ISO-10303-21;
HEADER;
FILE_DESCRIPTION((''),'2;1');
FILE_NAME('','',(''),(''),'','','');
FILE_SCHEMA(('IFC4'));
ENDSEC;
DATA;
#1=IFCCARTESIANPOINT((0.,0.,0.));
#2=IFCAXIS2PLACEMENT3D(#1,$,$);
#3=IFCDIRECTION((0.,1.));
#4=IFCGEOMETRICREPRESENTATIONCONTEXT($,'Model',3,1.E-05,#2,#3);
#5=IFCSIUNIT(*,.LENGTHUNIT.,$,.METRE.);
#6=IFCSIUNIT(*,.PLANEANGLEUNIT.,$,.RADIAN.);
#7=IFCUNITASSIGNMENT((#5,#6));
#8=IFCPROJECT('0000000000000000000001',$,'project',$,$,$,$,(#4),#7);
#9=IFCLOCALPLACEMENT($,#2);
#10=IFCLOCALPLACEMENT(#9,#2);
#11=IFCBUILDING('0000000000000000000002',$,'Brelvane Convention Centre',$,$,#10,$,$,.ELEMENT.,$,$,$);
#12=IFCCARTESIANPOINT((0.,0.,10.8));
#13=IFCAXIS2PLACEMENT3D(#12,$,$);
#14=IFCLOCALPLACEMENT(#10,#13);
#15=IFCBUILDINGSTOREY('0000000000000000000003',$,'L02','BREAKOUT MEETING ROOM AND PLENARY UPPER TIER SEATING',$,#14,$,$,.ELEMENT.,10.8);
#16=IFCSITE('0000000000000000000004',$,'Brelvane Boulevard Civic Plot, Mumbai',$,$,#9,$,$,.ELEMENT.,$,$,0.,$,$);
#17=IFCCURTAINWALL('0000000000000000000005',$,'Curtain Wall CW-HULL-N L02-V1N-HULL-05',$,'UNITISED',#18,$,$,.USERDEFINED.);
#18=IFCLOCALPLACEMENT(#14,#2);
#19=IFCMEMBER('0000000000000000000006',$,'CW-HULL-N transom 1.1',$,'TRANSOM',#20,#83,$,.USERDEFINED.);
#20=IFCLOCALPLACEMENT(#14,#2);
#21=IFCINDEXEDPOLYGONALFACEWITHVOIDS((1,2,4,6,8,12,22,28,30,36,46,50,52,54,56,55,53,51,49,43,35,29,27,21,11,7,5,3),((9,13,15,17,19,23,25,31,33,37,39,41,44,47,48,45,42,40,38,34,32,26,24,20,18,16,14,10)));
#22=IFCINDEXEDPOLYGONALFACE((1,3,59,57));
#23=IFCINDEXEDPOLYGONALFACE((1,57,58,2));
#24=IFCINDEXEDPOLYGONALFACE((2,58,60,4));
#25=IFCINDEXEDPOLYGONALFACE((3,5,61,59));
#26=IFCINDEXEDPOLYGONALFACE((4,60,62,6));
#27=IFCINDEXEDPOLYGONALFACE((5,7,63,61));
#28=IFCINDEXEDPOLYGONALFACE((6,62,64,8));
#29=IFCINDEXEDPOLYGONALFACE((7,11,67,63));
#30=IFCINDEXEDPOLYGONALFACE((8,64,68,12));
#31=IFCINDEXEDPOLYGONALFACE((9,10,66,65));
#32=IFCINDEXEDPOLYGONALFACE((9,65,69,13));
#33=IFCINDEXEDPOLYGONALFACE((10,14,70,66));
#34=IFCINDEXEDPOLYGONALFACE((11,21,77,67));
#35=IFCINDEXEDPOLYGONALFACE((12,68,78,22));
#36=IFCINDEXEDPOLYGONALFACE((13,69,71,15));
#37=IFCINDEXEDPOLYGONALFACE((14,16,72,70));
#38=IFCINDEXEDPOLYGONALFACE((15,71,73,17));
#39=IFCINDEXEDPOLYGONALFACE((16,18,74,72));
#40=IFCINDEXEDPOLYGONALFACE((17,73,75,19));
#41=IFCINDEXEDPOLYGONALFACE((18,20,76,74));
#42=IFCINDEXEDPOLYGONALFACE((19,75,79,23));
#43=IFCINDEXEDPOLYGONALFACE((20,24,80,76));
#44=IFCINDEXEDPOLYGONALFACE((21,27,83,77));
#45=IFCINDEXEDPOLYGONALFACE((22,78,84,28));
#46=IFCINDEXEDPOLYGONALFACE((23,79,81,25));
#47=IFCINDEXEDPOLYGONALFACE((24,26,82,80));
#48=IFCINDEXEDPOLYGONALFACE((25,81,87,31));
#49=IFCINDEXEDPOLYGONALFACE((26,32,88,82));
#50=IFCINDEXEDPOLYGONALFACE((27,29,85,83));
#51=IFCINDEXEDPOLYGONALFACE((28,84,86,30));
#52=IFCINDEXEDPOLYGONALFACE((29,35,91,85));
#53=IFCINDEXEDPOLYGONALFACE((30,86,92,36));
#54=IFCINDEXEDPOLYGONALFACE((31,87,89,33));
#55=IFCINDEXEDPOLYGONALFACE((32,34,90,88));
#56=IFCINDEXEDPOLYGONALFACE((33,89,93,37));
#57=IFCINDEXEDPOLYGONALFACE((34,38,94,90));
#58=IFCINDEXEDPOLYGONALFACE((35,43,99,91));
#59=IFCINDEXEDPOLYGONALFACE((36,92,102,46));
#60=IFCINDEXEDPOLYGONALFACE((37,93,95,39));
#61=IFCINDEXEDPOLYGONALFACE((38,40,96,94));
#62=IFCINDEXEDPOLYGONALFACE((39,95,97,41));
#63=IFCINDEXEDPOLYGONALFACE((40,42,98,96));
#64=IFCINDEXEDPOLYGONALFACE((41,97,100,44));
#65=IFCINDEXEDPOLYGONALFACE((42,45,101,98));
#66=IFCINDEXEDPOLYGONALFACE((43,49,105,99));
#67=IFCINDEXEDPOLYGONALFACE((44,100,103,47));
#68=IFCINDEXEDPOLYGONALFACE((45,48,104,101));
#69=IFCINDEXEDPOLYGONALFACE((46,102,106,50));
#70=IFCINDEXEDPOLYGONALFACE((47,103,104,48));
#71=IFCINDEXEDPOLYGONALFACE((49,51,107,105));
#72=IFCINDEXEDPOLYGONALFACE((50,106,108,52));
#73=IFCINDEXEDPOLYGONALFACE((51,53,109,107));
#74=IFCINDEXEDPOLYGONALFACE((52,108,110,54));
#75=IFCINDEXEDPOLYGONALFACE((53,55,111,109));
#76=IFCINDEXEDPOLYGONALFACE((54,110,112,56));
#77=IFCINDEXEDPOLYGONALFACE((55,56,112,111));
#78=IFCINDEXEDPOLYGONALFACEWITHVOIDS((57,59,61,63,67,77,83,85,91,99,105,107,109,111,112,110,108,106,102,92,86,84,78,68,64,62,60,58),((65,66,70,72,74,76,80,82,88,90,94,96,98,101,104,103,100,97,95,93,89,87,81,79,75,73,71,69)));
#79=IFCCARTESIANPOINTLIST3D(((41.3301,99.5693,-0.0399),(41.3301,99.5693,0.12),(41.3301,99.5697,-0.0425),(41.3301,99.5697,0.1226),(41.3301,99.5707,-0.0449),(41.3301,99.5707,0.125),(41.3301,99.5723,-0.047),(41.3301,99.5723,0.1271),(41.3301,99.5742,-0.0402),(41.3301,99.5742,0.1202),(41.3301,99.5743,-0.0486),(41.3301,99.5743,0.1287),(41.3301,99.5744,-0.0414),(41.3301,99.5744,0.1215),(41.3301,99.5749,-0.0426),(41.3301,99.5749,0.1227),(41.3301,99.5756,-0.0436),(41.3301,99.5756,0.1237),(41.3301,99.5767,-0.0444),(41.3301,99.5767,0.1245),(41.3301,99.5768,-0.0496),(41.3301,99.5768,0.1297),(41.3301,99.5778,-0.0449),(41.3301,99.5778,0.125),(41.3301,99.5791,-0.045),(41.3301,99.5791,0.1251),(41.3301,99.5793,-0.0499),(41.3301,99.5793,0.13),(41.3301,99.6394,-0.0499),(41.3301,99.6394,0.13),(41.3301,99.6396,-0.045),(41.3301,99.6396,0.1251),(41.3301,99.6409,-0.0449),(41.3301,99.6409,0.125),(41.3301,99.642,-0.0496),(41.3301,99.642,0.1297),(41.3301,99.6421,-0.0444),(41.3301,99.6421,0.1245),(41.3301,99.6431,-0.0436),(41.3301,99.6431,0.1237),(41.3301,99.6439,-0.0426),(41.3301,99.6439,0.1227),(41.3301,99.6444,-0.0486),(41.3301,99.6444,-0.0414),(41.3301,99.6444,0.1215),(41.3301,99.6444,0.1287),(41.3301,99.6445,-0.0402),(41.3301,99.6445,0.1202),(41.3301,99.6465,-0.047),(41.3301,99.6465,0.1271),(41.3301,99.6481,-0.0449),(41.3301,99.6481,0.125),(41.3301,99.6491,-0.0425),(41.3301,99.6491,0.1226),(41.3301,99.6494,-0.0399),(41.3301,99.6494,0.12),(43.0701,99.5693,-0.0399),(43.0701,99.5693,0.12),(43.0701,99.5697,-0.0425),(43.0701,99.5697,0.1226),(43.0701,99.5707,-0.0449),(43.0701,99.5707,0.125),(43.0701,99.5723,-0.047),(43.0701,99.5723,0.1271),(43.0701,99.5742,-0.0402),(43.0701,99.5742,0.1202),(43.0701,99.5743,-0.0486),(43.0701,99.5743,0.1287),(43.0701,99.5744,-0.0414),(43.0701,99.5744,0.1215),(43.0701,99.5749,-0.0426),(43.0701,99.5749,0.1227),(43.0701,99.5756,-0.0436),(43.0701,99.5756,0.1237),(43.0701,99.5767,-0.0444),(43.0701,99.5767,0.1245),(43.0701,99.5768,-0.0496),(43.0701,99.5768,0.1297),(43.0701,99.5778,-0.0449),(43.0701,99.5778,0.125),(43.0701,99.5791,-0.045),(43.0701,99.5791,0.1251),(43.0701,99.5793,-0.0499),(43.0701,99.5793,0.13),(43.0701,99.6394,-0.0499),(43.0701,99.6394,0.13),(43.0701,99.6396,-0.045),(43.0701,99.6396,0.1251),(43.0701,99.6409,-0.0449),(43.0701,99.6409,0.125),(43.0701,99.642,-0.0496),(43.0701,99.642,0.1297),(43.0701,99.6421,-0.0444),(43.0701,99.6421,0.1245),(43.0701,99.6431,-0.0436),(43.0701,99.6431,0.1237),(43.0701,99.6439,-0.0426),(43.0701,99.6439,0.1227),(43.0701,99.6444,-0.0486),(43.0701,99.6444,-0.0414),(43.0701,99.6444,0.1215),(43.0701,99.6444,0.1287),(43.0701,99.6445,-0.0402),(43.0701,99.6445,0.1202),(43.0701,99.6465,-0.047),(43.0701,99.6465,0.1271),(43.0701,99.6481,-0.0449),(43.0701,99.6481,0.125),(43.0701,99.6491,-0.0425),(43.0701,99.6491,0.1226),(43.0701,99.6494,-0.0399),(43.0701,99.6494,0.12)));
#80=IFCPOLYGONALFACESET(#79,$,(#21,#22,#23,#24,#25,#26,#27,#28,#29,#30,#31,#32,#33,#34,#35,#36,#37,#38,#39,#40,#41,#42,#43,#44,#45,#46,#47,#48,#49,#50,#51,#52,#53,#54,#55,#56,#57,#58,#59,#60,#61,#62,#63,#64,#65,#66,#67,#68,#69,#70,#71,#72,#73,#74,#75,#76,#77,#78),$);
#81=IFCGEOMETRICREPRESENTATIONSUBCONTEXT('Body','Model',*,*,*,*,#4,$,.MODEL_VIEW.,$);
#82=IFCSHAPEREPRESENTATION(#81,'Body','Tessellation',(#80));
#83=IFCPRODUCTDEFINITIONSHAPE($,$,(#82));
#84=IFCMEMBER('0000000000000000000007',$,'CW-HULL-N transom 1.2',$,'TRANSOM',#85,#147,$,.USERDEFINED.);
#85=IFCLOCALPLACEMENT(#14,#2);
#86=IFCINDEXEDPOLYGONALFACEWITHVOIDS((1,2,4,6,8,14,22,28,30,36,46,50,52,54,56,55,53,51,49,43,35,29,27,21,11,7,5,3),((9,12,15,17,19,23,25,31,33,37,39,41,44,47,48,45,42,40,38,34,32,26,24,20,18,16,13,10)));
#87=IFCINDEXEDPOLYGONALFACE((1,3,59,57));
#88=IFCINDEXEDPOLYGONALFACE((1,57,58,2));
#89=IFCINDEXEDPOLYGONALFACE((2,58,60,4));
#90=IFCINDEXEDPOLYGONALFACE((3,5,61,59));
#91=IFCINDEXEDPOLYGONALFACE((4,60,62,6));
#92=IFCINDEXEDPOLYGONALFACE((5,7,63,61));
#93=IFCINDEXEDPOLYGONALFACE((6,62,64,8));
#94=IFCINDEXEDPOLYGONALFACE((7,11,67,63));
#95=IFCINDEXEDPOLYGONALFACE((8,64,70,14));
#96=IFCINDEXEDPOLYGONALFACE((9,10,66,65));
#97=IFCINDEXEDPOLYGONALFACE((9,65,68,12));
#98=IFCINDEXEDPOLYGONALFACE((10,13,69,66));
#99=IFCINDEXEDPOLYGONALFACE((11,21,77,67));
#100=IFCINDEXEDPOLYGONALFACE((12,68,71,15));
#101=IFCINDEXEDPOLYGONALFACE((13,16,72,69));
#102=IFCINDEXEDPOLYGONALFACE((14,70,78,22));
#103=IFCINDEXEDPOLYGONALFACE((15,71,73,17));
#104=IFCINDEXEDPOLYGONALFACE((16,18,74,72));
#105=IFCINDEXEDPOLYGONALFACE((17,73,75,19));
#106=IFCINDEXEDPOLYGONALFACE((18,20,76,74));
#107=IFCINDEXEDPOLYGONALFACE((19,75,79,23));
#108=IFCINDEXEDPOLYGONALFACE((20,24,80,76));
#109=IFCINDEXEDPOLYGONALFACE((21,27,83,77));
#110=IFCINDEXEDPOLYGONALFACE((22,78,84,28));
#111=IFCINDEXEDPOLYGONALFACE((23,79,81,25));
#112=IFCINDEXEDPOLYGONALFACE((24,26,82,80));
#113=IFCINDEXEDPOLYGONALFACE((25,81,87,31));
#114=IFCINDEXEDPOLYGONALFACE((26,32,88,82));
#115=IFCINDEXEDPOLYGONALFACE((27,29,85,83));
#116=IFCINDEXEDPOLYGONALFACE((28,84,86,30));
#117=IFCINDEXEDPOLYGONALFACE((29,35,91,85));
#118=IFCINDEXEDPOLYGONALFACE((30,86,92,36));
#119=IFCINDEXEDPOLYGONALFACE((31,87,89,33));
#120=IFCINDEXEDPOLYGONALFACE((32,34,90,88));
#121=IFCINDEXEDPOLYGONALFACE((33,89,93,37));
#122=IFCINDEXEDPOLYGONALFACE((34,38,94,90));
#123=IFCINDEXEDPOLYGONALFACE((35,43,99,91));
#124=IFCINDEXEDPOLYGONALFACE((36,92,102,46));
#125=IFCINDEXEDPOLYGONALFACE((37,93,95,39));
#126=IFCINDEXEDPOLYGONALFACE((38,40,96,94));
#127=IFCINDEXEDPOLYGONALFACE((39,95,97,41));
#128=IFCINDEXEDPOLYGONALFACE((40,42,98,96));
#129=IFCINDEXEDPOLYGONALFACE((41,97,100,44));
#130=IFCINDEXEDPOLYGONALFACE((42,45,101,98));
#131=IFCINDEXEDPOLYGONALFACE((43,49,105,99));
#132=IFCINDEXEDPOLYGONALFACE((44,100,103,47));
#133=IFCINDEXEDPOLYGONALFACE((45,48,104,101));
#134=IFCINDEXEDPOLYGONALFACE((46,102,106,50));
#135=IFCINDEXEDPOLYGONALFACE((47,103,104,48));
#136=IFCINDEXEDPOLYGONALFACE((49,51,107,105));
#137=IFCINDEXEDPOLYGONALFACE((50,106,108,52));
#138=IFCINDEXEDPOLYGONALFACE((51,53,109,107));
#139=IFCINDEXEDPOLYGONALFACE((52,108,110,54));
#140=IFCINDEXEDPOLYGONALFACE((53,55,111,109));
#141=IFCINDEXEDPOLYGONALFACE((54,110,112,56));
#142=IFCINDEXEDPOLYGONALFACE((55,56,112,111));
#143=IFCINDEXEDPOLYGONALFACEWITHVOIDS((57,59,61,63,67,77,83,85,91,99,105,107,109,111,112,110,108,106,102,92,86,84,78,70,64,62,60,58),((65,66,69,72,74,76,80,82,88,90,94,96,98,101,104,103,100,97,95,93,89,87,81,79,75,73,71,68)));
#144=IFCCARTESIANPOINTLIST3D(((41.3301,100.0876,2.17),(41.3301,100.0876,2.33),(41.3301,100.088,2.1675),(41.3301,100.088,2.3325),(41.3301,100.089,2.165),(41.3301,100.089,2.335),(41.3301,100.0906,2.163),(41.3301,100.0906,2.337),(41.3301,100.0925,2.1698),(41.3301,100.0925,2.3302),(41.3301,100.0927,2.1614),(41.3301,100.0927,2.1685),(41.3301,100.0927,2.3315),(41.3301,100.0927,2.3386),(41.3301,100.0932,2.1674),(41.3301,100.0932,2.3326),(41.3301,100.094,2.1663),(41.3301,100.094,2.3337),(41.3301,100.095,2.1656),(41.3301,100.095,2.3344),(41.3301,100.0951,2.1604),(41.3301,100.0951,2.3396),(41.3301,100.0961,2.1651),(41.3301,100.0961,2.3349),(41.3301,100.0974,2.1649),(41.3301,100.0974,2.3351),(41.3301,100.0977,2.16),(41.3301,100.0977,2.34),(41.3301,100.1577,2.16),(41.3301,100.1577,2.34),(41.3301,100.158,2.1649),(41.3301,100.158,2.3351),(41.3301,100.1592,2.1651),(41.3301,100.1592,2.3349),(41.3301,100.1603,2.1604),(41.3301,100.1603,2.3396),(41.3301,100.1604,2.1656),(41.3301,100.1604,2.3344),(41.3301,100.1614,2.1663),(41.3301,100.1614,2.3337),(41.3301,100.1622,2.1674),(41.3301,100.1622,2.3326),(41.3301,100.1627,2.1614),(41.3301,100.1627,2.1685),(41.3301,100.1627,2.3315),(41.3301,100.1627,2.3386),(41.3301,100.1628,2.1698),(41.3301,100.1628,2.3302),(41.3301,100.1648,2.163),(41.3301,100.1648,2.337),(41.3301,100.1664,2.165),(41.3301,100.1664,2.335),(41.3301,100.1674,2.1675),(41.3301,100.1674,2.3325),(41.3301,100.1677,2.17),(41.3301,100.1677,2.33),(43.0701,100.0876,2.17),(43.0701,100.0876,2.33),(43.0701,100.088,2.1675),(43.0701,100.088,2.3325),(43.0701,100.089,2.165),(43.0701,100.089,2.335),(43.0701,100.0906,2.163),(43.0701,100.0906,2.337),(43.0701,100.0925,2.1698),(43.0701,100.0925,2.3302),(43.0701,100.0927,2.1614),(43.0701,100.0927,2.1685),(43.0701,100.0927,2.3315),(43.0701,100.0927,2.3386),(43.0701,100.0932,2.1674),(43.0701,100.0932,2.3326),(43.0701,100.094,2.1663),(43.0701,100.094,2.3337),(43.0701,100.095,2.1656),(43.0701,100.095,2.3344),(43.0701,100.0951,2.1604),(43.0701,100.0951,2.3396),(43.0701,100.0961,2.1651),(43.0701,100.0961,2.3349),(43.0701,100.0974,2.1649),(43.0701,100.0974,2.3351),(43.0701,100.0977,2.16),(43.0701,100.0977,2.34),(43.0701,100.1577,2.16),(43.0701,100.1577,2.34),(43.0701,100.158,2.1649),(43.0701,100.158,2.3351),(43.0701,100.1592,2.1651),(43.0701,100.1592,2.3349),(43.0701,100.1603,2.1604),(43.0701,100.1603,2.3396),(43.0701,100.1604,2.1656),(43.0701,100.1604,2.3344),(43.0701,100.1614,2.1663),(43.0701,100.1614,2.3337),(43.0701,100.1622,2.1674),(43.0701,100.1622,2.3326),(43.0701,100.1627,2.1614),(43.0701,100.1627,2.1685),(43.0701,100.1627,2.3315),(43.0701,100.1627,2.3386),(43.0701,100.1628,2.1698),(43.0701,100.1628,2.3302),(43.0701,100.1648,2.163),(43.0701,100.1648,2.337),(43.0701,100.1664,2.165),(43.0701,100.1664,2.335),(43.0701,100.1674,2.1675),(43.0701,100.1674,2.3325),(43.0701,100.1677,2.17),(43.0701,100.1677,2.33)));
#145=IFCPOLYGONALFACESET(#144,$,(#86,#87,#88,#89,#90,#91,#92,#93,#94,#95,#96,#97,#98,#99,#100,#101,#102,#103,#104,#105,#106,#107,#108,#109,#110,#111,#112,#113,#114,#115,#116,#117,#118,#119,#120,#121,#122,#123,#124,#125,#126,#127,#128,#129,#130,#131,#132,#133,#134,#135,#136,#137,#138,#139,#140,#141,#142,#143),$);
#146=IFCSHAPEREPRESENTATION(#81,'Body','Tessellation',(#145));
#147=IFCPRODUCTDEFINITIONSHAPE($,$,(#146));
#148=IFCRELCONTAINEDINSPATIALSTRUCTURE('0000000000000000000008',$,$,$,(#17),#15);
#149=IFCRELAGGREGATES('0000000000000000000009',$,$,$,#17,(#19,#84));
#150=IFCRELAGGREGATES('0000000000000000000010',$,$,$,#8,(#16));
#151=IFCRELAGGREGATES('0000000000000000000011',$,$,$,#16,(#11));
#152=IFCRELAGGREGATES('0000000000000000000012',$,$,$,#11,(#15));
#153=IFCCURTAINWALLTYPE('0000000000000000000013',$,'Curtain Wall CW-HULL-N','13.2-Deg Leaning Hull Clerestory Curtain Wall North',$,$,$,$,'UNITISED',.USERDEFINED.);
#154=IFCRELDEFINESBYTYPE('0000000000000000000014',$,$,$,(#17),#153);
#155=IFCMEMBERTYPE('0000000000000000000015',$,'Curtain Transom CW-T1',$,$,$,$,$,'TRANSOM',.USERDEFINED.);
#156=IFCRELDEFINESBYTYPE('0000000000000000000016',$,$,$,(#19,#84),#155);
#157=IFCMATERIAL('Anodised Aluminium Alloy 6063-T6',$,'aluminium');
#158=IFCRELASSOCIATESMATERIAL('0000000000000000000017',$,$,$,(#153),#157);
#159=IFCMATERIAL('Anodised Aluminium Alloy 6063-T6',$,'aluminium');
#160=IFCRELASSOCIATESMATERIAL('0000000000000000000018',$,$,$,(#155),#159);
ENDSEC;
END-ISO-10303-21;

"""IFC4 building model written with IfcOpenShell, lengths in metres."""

from ifc_helpers import new_model, si_unit, direction, frame, origin, origin_2d, place, context, subcontext, project, spatial, hollow_rectangle, extrude, material, material_profile, profile_set, type_object, element, aggregate, save


model = new_model("IFC4")

# Units and contexts
model_context = context("Model", 3, precision=1e-05, world=origin(), true_north=direction((0.0, 1.0)))
body_context = subcontext(model_context, "Body", "Model", "MODEL_VIEW")
ifc_project = project(units=[si_unit("LENGTHUNIT", "METRE"), si_unit("PLANEANGLEUNIT", "RADIAN")], contexts=[model_context])

# Site, building, storey
site_placement = place(None, origin())
site = spatial("IfcSite", under=ifc_project, at=site_placement, Name="Brelvane Boulevard Civic Plot, Mumbai", CompositionType="ELEMENT", RefElevation=0.0)
building_placement = place(site_placement, origin())
building = spatial("IfcBuilding", under=site, at=building_placement, Name="Brelvane Convention Centre", CompositionType="ELEMENT")
storey_placement = place(building_placement, frame((0.0, 0.0, 10.8)))
storey = spatial("IfcBuildingStorey", under=building, at=storey_placement, Name="L02", Description="BREAKOUT MEETING ROOM AND PLENARY UPPER TIER SEATING", CompositionType="ELEMENT", Elevation=10.8)

# Curtain wall
ifc_material_1 = material(Name="Anodised Aluminium Alloy 6063-T6", Category="aluminium")
curtain_wall_type = type_object("IfcCurtainWallType", Name="Curtain Wall CW-HULL-N", Description="13.2-Deg Leaning Hull Clerestory Curtain Wall North", ElementType="UNITISED", PredefinedType="USERDEFINED", material=ifc_material_1)
curtain_wall_1_placement = place(storey_placement, origin())
curtain_wall_1 = element("IfcCurtainWall", 1, at=curtain_wall_1_placement, inside=storey, type_object=curtain_wall_type, Name="Curtain Wall CW-HULL-N L02-V1N-HULL-05", ObjectType="UNITISED", PredefinedType="USERDEFINED")

# Members
ifc_material_2 = material(Name="Anodised Aluminium Alloy 6063-T6", Category="aluminium")
ifc_material_profile_1 = material_profile(ifc_material_2, hollow_rectangle(XDim=0.0801, YDim=0.1799, WallThickness=0.0049, InnerFilletRadius=0.0049, OuterFilletRadius=0.01, at=origin_2d()), Name="ALU-T 180x80x5.0")
ifc_profile_set_1 = profile_set([ifc_material_profile_1], Name="Anodised Aluminium Alloy 6063-T6")
member_type_1 = type_object("IfcMemberType", Name="Curtain Transom CW-T1", ElementType="TRANSOM", PredefinedType="USERDEFINED", material=ifc_profile_set_1)
member_1_placement = place(storey_placement, frame((41.3301, 99.6094, 0.04), z_axis=(1.0, 0.0, 0.0), x_axis=(0.0, 1.0, 0.0)))
member_1 = element("IfcMember", 2, at=member_1_placement, type_object=member_type_1, Name="CW-HULL-N transom 1.1", ObjectType="TRANSOM", PredefinedType="USERDEFINED", context=body_context, shape_type="SweptSolid", body=[
    extrude(hollow_rectangle(XDim=0.0801, YDim=0.1799, WallThickness=0.0049, InnerFilletRadius=0.0049, OuterFilletRadius=0.01, at=origin_2d()), origin(), (0.0, 0.0, 1.0), 1.74),
])
member_2_placement = place(storey_placement, frame((41.3301, 100.1277, 2.25), z_axis=(1.0, 0.0, 0.0), x_axis=(0.0, 1.0, 0.0)))
member_2 = element("IfcMember", 3, at=member_2_placement, type_object=member_type_1, Name="CW-HULL-N transom 1.2", ObjectType="TRANSOM", PredefinedType="USERDEFINED", context=body_context, shape_type="SweptSolid", body=[
    extrude(hollow_rectangle(XDim=0.0801, YDim=0.1799, WallThickness=0.0049, InnerFilletRadius=0.0049, OuterFilletRadius=0.01, at=origin_2d()), origin(), (0.0, 0.0, 1.0), 1.74),
])

aggregate(curtain_wall_1, [member_1, member_2])

save(model, "model.ifc")
